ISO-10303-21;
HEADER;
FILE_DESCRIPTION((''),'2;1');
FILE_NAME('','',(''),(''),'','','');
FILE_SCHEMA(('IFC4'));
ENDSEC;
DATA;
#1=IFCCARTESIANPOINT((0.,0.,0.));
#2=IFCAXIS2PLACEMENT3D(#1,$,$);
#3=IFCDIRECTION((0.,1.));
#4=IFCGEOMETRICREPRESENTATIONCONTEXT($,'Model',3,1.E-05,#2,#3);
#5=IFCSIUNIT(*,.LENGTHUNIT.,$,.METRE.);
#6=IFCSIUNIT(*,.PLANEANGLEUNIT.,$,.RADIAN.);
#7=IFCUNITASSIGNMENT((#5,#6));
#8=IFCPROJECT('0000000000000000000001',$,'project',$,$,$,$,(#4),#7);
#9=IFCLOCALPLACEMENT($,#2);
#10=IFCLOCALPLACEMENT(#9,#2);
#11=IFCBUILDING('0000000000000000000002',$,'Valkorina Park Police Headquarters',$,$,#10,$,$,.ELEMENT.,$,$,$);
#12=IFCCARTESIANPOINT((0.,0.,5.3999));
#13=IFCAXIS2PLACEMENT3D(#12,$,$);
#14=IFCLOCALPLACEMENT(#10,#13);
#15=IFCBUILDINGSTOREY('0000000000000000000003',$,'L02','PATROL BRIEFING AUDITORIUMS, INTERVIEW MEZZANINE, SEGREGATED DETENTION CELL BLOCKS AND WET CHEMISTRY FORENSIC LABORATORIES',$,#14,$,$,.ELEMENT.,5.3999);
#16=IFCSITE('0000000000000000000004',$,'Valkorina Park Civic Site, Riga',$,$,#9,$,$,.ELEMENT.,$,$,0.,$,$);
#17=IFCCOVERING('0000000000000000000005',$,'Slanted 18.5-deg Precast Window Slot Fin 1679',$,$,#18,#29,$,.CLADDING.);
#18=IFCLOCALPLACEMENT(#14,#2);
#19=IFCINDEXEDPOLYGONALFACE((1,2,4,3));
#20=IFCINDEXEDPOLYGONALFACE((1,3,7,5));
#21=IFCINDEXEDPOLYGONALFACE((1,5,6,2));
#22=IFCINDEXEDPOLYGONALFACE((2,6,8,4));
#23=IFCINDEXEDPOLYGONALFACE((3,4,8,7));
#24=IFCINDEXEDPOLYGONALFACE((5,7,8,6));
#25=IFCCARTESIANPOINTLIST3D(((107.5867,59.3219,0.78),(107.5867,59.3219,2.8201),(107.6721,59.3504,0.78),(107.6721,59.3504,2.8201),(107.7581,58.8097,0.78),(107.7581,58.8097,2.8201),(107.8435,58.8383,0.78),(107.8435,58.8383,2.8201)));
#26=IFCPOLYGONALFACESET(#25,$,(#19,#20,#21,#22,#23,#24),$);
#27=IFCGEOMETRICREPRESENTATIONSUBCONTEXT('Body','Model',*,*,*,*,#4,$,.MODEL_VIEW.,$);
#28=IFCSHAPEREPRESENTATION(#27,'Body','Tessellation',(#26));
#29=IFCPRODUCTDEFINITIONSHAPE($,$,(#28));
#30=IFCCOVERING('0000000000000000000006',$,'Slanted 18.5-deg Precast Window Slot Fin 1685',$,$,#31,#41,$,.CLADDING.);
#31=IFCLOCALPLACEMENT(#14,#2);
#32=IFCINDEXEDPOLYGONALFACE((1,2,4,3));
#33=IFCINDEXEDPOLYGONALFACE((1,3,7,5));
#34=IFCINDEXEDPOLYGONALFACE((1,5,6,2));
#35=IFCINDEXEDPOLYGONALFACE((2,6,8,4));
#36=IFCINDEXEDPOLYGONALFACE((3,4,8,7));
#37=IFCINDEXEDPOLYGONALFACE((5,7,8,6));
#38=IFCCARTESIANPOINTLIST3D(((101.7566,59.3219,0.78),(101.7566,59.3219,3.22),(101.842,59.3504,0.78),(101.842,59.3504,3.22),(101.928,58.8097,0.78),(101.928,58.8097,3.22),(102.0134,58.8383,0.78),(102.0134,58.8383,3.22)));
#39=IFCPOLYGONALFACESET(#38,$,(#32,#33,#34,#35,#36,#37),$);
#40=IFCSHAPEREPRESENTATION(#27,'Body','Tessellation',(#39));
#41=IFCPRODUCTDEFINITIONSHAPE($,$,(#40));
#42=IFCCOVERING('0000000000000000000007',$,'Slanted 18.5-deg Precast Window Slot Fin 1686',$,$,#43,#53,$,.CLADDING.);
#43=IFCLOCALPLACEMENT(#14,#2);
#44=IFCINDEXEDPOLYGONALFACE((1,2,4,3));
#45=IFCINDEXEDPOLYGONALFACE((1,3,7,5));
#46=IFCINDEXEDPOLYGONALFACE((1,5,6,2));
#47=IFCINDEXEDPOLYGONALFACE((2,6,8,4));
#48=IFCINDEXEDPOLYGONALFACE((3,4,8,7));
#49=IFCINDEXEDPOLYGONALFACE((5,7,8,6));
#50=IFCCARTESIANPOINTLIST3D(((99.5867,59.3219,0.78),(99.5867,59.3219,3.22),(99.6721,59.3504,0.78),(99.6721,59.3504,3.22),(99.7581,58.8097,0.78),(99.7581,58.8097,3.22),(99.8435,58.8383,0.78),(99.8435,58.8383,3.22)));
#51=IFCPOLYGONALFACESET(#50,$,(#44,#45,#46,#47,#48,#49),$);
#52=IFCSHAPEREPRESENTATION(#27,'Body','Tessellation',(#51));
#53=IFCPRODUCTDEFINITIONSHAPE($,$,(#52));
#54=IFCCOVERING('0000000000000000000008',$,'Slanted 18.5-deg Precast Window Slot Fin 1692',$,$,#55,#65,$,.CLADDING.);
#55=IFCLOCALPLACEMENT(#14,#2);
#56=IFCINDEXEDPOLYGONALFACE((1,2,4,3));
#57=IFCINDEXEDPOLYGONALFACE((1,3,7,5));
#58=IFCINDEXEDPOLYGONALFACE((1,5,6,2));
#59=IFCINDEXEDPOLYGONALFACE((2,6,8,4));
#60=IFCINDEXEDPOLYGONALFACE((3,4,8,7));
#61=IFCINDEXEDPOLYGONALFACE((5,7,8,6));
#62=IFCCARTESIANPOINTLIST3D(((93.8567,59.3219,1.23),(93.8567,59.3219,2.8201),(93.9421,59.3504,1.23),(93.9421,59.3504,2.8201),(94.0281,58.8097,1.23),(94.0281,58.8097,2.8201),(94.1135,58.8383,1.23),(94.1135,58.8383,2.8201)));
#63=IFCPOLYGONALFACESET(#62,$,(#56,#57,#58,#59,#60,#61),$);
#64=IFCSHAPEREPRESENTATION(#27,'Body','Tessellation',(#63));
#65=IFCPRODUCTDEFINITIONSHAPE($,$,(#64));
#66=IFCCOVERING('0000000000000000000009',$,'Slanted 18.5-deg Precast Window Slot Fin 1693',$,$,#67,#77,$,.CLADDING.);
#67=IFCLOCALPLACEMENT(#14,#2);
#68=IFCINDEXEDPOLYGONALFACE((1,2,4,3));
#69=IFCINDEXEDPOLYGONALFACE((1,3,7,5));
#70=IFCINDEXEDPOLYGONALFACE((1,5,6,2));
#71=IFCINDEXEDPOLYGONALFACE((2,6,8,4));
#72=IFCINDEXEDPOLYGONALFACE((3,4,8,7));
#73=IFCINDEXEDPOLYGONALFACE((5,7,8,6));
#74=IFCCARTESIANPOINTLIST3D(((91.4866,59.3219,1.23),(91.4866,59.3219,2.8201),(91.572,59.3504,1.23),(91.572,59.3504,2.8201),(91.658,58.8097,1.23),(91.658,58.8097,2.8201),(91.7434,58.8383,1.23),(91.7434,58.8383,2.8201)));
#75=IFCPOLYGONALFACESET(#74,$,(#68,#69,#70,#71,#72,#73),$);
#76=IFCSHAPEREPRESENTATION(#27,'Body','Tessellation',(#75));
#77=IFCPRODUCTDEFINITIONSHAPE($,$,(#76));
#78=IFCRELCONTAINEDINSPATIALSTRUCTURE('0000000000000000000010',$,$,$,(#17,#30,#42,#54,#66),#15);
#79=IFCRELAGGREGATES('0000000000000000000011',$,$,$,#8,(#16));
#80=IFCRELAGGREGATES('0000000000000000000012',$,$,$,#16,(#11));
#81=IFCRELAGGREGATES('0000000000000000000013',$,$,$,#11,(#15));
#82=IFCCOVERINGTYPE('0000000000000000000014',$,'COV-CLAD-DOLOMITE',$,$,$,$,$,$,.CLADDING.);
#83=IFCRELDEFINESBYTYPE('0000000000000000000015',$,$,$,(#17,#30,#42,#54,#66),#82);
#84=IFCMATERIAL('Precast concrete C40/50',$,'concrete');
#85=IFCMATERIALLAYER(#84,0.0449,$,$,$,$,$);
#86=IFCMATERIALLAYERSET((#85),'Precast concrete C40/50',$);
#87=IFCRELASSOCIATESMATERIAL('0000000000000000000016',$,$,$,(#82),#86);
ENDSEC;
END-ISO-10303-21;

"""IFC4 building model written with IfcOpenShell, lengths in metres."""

from ifc_helpers import new_model, si_unit, direction, frame, origin, origin_2d, place, context, subcontext, project, spatial, rectangle, extrude, material, layer, layer_set, type_object, element, save


model = new_model("IFC4")

# Units and contexts
model_context = context("Model", 3, precision=1e-05, world=origin(), true_north=direction((0.0, 1.0)))
body_context = subcontext(model_context, "Body", "Model", "MODEL_VIEW")
ifc_project = project(units=[si_unit("LENGTHUNIT", "METRE"), si_unit("PLANEANGLEUNIT", "RADIAN")], contexts=[model_context])

# Site, building, storey
site_placement = place(None, origin())
site = spatial("IfcSite", under=ifc_project, at=site_placement, Name="Valkorina Park Civic Site, Riga", CompositionType="ELEMENT", RefElevation=0.0)
building_placement = place(site_placement, origin())
building = spatial("IfcBuilding", under=site, at=building_placement, Name="Valkorina Park Police Headquarters", CompositionType="ELEMENT")
storey_placement = place(building_placement, frame((0.0, 0.0, 5.3999)))
storey = spatial("IfcBuildingStorey", under=building, at=storey_placement, Name="L02", Description="PATROL BRIEFING AUDITORIUMS, INTERVIEW MEZZANINE, SEGREGATED DETENTION CELL BLOCKS AND WET CHEMISTRY FORENSIC LABORATORIES", CompositionType="ELEMENT", Elevation=5.3999)

# Coverings
ifc_material_1 = material(Name="Precast concrete C40/50", Category="concrete")
ifc_layer = layer(ifc_material_1, 0.0449)
ifc_layer_set = layer_set([ifc_layer], Name="Precast concrete C40/50")
covering_type = type_object("IfcCoveringType", Name="COV-CLAD-DOLOMITE", PredefinedType="CLADDING", material=ifc_layer_set)
for number, where, z_axis, x_axis, name in (
    (1, (107.7151, 59.0801, 0.78), (0.0, 0.0, 1.0), (0.317305, -0.948324, 0.0), "Slanted 18.5-deg Precast Window Slot Fin 1679"),
):
    element("IfcCovering", number, at=place(storey_placement, frame(where, z_axis=z_axis, x_axis=x_axis)), inside=storey, type_object=covering_type, Name=name, PredefinedType="CLADDING", context=body_context, shape_type="SweptSolid", body=[
        extrude(rectangle(XDim=0.54, YDim=0.0901, at=origin_2d()), origin(), (0.0, 0.0, 1.0), 2.04),
    ])
for number, where, z_axis, x_axis, name in (
    (2, (101.885, 59.0801, 0.78), (0.0, 0.0, 1.0), (0.317305, -0.948324, 0.0), "Slanted 18.5-deg Precast Window Slot Fin 1685"),
    (3, (99.7151, 59.0801, 0.78), (0.0, 0.0, 1.0), (0.317305, -0.948324, 0.0), "Slanted 18.5-deg Precast Window Slot Fin 1686"),
):
    element("IfcCovering", number, at=place(storey_placement, frame(where, z_axis=z_axis, x_axis=x_axis)), inside=storey, type_object=covering_type, Name=name, PredefinedType="CLADDING", context=body_context, shape_type="SweptSolid", body=[
        extrude(rectangle(XDim=0.54, YDim=0.0901, at=origin_2d()), origin(), (0.0, 0.0, 1.0), 2.4399),
    ])
for number, where, z_axis, x_axis, name in (
    (4, (93.9851, 59.0801, 1.23), (0.0, 0.0, 1.0), (0.317305, -0.948324, 0.0), "Slanted 18.5-deg Precast Window Slot Fin 1692"),
    (5, (91.615, 59.0801, 1.23), (0.0, 0.0, 1.0), (0.317305, -0.948324, 0.0), "Slanted 18.5-deg Precast Window Slot Fin 1693"),
):
    element("IfcCovering", number, at=place(storey_placement, frame(where, z_axis=z_axis, x_axis=x_axis)), inside=storey, type_object=covering_type, Name=name, PredefinedType="CLADDING", context=body_context, shape_type="SweptSolid", body=[
        extrude(rectangle(XDim=0.54, YDim=0.0901, at=origin_2d()), origin(), (0.0, 0.0, 1.0), 1.5901),
    ])

save(model, "model.ifc")
